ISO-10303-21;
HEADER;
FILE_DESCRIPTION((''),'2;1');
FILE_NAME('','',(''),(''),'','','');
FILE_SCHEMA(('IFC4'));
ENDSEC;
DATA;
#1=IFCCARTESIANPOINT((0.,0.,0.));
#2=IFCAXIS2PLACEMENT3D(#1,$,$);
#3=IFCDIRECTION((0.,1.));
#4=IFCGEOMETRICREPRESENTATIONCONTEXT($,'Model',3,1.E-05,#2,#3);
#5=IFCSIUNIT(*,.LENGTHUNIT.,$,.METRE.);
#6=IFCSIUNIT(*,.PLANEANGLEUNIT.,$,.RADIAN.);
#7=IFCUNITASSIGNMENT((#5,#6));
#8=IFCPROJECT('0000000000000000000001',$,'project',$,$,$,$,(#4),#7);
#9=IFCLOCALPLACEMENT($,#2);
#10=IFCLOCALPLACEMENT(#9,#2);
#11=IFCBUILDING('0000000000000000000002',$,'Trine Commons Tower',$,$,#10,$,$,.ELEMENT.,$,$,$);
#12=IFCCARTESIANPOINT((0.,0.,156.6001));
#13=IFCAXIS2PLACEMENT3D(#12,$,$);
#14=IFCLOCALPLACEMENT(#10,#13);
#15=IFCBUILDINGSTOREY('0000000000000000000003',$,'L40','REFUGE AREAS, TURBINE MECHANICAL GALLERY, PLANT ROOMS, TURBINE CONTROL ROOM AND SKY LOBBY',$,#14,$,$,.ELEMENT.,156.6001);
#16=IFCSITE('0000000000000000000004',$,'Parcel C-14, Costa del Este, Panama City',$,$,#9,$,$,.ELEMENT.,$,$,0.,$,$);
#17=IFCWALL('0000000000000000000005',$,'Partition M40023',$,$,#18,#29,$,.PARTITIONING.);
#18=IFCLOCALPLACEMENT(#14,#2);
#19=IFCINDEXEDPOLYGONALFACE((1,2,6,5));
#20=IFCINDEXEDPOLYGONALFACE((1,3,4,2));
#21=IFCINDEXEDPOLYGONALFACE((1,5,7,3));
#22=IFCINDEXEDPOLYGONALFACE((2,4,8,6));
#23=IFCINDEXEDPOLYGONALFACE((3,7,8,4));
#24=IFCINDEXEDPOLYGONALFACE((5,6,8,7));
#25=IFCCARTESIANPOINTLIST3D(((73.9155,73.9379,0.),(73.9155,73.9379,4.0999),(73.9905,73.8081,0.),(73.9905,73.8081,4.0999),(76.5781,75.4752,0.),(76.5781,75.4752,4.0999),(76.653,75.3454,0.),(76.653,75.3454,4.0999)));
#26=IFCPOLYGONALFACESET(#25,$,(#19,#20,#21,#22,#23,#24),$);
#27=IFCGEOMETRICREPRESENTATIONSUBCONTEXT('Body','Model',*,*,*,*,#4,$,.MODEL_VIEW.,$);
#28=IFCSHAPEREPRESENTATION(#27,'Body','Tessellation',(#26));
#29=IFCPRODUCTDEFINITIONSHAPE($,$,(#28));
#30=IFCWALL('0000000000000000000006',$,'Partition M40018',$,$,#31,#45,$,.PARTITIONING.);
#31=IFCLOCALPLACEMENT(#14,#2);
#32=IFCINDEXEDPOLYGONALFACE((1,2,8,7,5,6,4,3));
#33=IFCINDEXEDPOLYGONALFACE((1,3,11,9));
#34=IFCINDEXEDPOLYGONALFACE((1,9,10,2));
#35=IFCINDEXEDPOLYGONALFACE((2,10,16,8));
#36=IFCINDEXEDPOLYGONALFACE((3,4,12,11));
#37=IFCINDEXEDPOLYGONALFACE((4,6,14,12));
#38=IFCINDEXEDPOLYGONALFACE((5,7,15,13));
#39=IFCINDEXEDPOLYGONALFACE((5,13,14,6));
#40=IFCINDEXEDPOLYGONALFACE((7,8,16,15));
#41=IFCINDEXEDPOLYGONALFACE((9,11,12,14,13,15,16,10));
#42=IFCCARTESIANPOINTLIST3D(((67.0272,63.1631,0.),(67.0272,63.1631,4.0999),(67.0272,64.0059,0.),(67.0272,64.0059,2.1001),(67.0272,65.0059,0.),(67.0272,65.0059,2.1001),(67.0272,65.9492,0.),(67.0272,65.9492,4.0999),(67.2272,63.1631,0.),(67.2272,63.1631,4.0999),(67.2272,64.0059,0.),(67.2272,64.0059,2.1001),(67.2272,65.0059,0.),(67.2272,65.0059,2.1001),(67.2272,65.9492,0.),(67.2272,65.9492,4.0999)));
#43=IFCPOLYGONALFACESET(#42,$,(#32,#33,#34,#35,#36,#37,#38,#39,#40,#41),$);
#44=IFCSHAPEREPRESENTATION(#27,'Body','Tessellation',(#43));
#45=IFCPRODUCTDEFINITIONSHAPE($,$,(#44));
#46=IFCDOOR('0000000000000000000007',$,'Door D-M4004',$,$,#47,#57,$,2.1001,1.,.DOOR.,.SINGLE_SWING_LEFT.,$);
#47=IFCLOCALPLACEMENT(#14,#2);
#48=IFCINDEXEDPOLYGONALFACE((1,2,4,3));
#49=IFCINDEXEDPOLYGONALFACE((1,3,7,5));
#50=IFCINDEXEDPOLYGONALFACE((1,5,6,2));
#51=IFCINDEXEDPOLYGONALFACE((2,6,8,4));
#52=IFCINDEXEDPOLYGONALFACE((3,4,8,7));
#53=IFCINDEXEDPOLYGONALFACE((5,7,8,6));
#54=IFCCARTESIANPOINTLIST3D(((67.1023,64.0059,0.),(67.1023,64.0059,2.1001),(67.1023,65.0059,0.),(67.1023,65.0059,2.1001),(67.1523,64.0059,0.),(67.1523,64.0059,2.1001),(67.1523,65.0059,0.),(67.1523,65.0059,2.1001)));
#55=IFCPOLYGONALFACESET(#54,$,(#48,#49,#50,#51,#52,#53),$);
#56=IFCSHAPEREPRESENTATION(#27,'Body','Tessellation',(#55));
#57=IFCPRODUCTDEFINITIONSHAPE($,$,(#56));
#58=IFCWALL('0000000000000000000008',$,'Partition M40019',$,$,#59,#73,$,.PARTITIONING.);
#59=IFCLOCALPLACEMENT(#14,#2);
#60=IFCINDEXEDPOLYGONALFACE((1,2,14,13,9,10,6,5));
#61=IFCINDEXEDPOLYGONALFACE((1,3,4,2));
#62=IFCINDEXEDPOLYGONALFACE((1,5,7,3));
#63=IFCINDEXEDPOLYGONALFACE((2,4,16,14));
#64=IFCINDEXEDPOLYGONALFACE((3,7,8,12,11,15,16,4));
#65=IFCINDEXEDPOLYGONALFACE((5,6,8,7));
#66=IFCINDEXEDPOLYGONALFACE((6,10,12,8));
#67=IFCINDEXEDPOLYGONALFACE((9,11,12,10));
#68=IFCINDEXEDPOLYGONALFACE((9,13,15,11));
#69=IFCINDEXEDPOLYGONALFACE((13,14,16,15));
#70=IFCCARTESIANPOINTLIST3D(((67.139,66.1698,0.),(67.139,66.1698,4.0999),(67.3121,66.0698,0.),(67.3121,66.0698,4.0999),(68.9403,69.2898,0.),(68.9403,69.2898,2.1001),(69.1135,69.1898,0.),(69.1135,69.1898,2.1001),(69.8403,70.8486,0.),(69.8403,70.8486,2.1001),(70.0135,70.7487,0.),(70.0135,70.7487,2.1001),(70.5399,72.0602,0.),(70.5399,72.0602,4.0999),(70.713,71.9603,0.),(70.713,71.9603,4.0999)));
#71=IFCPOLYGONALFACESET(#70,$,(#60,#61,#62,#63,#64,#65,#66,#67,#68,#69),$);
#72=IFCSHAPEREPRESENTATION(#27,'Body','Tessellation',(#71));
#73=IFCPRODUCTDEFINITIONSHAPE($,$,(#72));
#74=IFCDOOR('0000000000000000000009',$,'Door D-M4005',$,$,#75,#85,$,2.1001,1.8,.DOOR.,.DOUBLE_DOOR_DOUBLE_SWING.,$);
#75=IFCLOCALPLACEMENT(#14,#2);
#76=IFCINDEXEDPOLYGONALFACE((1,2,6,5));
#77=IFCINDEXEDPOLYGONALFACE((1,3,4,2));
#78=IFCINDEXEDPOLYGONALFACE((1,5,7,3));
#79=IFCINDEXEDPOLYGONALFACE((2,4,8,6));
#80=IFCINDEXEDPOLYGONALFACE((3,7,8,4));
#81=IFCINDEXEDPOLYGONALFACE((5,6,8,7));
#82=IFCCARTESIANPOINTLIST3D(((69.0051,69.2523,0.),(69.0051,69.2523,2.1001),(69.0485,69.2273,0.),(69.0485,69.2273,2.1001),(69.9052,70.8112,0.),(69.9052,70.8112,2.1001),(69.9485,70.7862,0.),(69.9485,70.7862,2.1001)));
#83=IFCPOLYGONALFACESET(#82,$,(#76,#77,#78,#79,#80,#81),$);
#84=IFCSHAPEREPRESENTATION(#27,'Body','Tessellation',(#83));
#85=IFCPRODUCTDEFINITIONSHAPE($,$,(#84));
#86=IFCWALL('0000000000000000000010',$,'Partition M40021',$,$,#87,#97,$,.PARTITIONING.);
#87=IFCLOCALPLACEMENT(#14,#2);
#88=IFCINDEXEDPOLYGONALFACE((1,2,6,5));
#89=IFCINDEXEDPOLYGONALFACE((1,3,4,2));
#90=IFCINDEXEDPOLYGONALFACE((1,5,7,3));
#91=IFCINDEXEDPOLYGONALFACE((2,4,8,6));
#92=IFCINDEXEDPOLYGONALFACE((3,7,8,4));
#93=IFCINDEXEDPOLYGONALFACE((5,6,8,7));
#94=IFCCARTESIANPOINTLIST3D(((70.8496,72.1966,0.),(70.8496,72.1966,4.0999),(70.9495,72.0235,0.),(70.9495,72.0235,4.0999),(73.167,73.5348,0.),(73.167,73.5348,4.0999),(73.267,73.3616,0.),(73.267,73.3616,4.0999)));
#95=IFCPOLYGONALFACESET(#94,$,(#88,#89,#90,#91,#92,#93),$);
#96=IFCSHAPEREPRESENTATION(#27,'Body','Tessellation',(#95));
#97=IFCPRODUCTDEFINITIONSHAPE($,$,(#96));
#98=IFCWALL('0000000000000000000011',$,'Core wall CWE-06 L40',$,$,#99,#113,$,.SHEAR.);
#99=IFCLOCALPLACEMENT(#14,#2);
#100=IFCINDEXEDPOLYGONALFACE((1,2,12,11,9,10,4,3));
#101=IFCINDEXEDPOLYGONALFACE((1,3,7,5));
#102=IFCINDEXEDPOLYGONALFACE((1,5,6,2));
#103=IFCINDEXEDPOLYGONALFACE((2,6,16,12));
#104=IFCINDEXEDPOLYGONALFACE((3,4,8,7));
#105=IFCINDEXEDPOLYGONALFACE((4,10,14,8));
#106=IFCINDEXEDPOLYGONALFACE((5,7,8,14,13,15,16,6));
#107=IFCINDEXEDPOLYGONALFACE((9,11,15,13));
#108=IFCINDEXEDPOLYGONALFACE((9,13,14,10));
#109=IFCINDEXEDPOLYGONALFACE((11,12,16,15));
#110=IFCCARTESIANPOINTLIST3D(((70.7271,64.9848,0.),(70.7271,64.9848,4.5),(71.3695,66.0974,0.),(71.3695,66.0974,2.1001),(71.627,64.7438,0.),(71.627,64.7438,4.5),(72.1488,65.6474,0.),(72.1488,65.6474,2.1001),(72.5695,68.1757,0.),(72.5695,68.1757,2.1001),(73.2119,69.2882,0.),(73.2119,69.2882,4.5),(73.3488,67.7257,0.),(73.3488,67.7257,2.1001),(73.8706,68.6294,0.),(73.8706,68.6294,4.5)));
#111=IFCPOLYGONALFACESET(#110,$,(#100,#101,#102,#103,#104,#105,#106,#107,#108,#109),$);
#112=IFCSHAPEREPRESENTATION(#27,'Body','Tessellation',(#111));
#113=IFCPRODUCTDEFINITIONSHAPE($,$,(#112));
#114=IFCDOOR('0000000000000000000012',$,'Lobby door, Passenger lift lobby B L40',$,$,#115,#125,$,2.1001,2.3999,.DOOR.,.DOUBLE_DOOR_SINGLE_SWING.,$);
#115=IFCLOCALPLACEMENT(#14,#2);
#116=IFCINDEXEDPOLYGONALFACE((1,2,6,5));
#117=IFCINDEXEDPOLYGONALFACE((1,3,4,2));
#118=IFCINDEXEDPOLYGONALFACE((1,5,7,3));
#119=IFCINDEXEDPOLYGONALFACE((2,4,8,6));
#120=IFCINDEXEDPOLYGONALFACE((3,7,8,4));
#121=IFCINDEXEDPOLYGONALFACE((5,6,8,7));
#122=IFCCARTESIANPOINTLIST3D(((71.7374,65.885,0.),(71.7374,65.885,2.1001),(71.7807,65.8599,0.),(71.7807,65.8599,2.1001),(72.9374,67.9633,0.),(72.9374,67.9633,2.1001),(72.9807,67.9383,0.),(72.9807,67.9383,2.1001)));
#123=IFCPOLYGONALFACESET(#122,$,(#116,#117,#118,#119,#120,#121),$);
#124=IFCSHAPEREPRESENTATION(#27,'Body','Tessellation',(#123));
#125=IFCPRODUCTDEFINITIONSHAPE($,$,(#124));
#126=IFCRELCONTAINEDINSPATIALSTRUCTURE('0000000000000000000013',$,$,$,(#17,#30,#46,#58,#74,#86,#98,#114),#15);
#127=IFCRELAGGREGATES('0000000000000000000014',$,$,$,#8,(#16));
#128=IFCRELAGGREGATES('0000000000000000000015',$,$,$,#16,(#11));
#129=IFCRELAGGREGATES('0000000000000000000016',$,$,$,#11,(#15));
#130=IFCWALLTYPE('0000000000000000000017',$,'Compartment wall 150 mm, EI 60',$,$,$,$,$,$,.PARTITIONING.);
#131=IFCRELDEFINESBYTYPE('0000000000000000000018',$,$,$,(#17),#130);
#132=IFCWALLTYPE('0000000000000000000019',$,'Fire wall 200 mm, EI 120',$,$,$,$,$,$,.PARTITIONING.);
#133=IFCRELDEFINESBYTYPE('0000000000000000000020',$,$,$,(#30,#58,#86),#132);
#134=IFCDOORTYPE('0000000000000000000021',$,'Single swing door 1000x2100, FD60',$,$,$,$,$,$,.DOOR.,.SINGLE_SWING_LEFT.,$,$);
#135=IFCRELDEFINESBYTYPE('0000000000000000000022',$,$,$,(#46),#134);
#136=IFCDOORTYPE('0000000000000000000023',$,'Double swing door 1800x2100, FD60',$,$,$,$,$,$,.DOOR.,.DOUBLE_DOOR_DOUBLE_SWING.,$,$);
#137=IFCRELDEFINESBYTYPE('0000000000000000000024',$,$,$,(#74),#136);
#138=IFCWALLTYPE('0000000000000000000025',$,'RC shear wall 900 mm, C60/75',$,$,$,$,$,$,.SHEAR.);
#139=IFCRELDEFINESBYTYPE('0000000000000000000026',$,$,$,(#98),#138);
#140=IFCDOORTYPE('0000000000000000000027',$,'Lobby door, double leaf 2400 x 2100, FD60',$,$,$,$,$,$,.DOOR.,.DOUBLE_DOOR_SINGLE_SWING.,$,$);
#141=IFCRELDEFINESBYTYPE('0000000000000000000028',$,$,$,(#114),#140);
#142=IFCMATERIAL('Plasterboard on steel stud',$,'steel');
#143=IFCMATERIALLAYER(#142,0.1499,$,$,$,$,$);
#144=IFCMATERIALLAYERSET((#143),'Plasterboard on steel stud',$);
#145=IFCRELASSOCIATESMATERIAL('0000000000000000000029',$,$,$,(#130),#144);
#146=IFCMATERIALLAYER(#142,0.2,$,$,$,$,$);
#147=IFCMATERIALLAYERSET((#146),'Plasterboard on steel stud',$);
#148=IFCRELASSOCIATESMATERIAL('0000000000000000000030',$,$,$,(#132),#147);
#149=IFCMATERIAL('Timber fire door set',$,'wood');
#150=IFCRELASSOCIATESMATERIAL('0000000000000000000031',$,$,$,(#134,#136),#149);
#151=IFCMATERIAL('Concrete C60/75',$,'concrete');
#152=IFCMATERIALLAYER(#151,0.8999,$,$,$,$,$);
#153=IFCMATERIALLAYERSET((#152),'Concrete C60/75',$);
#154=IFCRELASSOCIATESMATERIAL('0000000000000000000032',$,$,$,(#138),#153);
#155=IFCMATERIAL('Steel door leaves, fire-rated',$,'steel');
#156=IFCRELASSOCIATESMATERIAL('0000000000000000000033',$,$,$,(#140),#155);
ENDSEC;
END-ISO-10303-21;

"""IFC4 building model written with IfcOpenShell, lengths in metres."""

from ifc_helpers import new_model, si_unit, direction, frame, frame_2d, origin, place, context, subcontext, project, spatial, polyline, rectangle, outline, extrude, material, layer, layer_set, type_object, element, fill, save


model = new_model("IFC4")

# Units and contexts
model_context = context("Model", 3, precision=1e-05, world=origin(), true_north=direction((0.0, 1.0)))
body_context = subcontext(model_context, "Body", "Model", "MODEL_VIEW")
ifc_project = project(units=[si_unit("LENGTHUNIT", "METRE"), si_unit("PLANEANGLEUNIT", "RADIAN")], contexts=[model_context])

# Site, building, storey
site_placement = place(None, origin())
site = spatial("IfcSite", under=ifc_project, at=site_placement, Name="Parcel C-14, Costa del Este, Panama City", CompositionType="ELEMENT", RefElevation=0.0)
building_placement = place(site_placement, origin())
building = spatial("IfcBuilding", under=site, at=building_placement, Name="Trine Commons Tower", CompositionType="ELEMENT")
storey_placement = place(building_placement, frame((0.0, 0.0, 156.6001)))
storey = spatial("IfcBuildingStorey", under=building, at=storey_placement, Name="L40", Description="REFUGE AREAS, TURBINE MECHANICAL GALLERY, PLANT ROOMS, TURBINE CONTROL ROOM AND SKY LOBBY", CompositionType="ELEMENT", Elevation=156.6001)

# Wall
ifc_material_1 = material(Name="Plasterboard on steel stud", Category="steel")
ifc_layer_1 = layer(ifc_material_1, 0.1499)
ifc_layer_set_1 = layer_set([ifc_layer_1], Name="Plasterboard on steel stud")
wall_type_1 = type_object("IfcWallType", Name="Compartment wall 150 mm, EI 60", PredefinedType="PARTITIONING", material=ifc_layer_set_1)
wall_1_placement = place(storey_placement, frame((73.9531, 73.873, 0.0), z_axis=(0.0, 0.0, 1.0), x_axis=(0.866011, 0.500025, 0.0)))
element("IfcWall", 1, at=wall_1_placement, inside=storey, type_object=wall_type_1, Name="Partition M40023", PredefinedType="PARTITIONING", context=body_context, shape_type="SweptSolid", body=[
    extrude(rectangle(XDim=3.0745, YDim=0.1499, at=frame_2d((1.5371, 0.0))), origin(), (0.0, 0.0, 1.0), 4.0999),
])

# Walls, openings, doors
ifc_layer_2 = layer(ifc_material_1, 0.2)
ifc_layer_set_2 = layer_set([ifc_layer_2], Name="Plasterboard on steel stud")
wall_type_2 = type_object("IfcWallType", Name="Fire wall 200 mm, EI 120", PredefinedType="PARTITIONING", material=ifc_layer_set_2)
wall_2_placement = place(storey_placement, frame((67.1272, 63.1631, 0.0), z_axis=(0.0, 0.0, 1.0), x_axis=(0.0, 1.0, 0.0)))
wall_2 = element("IfcWall", 2, at=wall_2_placement, inside=storey, type_object=wall_type_2, Name="Partition M40018", PredefinedType="PARTITIONING", context=body_context, shape_type="SweptSolid", body=[
    extrude(rectangle(XDim=2.7861, YDim=0.2, at=frame_2d((1.3931, 0.0))), origin(), (0.0, 0.0, 1.0), 4.0999),
])
opening_1_placement = place(wall_2_placement, frame((0.8428, 0.0, 0.0)))
opening_1 = element("IfcOpeningElement", 3, at=opening_1_placement, cuts=wall_2, PredefinedType="OPENING", context=body_context, shape_type="SweptSolid", body=[
    extrude(rectangle(XDim=1.0, YDim=2.1001, at=frame_2d((0.5, 1.05))), frame((0.0, 0.1099, 0.0), z_axis=(0.0, -1.0, 0.0), x_axis=(1.0, 0.0, 0.0)), (0.0, 0.0, 1.0), 0.22),
])
ifc_material_2 = material(Name="Timber fire door set", Category="wood")
door_type_1 = type_object("IfcDoorType", Name="Single swing door 1000x2100, FD60", OperationType="SINGLE_SWING_LEFT", PredefinedType="DOOR", material=ifc_material_2)
door_1_placement = place(opening_1_placement, origin())
door_1 = element("IfcDoor", 4, at=door_1_placement, inside=storey, type_object=door_type_1, Name="Door D-M4004", OperationType="SINGLE_SWING_LEFT", OverallHeight=2.1001, OverallWidth=1.0, PredefinedType="DOOR", context=body_context, shape_type="SweptSolid", body=[
    extrude(rectangle(XDim=1.0, YDim=2.1001, at=frame_2d((0.5, 1.05))), frame((0.0, 0.0249, 0.0), z_axis=(0.0, -1.0, 0.0), x_axis=(1.0, 0.0, 0.0)), (0.0, 0.0, 1.0), 0.05),
])
fill(opening_1, door_1)
wall_3_placement = place(storey_placement, frame((70.6265, 72.0103, 0.0), z_axis=(0.0, 0.0, 1.0), x_axis=(-0.500007, -0.866021, 0.0)))
wall_3 = element("IfcWall", 5, at=wall_3_placement, inside=storey, type_object=wall_type_2, Name="Partition M40019", PredefinedType="PARTITIONING", context=body_context, shape_type="SweptSolid", body=[
    extrude(rectangle(XDim=6.8018, YDim=0.2, at=frame_2d((3.4009, 0.0))), origin(), (0.0, 0.0, 1.0), 4.0999),
])
opening_2_placement = place(wall_3_placement, frame((1.3992, 0.0, 0.0)))
opening_2 = element("IfcOpeningElement", 6, at=opening_2_placement, cuts=wall_3, PredefinedType="OPENING", context=body_context, shape_type="SweptSolid", body=[
    extrude(rectangle(XDim=1.8, YDim=2.1001, at=frame_2d((0.8999, 1.05))), frame((0.0, 0.1099, 0.0), z_axis=(0.0, -1.0, 0.0), x_axis=(1.0, 0.0, 0.0)), (0.0, 0.0, 1.0), 0.22),
])
door_type_2 = type_object("IfcDoorType", Name="Double swing door 1800x2100, FD60", OperationType="DOUBLE_DOOR_DOUBLE_SWING", PredefinedType="DOOR", material=ifc_material_2)
door_2_placement = place(opening_2_placement, origin())
door_2 = element("IfcDoor", 7, at=door_2_placement, inside=storey, type_object=door_type_2, Name="Door D-M4005", OperationType="DOUBLE_DOOR_DOUBLE_SWING", OverallHeight=2.1001, OverallWidth=1.8, PredefinedType="DOOR", context=body_context, shape_type="SweptSolid", body=[
    extrude(rectangle(XDim=1.8, YDim=2.1001, at=frame_2d((0.8999, 1.05))), frame((0.0, 0.0249, 0.0), z_axis=(0.0, -1.0, 0.0), x_axis=(1.0, 0.0, 0.0)), (0.0, 0.0, 1.0), 0.05),
])
fill(opening_2, door_2)

# Wall
wall_4_placement = place(storey_placement, frame((70.8997, 72.1101, 0.0), z_axis=(0.0, 0.0, 1.0), x_axis=(0.865994, 0.500054, 0.0)))
element("IfcWall", 8, at=wall_4_placement, inside=storey, type_object=wall_type_2, Name="Partition M40021", PredefinedType="PARTITIONING", context=body_context, shape_type="SweptSolid", body=[
    extrude(rectangle(XDim=2.676, YDim=0.2, at=frame_2d((1.3379, 0.0))), origin(), (0.0, 0.0, 1.0), 4.0999),
])

# Wall, opening, door
ifc_material_3 = material(Name="Concrete C60/75", Category="concrete")
ifc_layer_3 = layer(ifc_material_3, 0.8999)
ifc_layer_set_3 = layer_set([ifc_layer_3], Name="Concrete C60/75")
wall_type_3 = type_object("IfcWallType", Name="RC shear wall 900 mm, C60/75", PredefinedType="SHEAR", material=ifc_layer_set_3)
wall_5_placement = place(storey_placement, frame((73.6016, 69.0632, 0.0), z_axis=(0.0, 0.0, 1.0), x_axis=(-0.500039, -0.866003, 0.0)))
wall_5 = element("IfcWall", 9, at=wall_5_placement, inside=storey, type_object=wall_type_3, Name="Core wall CWE-06 L40", PredefinedType="SHEAR", context=body_context, shape_type="SweptSolid", body=[
    extrude(outline(polyline([(0.0, -0.45), (4.9692, -0.45), (4.728, 0.45), (0.2412, 0.45), (0.0, -0.45)])), origin(), (0.0, 0.0, 1.0), 4.5),
])
opening_3_placement = place(wall_5_placement, frame((1.2847, 0.0, 0.0)))
opening_3 = element("IfcOpeningElement", 10, at=opening_3_placement, cuts=wall_5, PredefinedType="OPENING", context=body_context, shape_type="SweptSolid", body=[
    extrude(rectangle(XDim=2.3999, YDim=2.1001, at=frame_2d((1.2, 1.05))), frame((0.0, 0.46, 0.0), z_axis=(0.0, -1.0, 0.0), x_axis=(1.0, 0.0, 0.0)), (0.0, 0.0, 1.0), 0.9199),
])
ifc_material_4 = material(Name="Steel door leaves, fire-rated", Category="steel")
door_type_3 = type_object("IfcDoorType", Name="Lobby door, double leaf 2400 x 2100, FD60", OperationType="DOUBLE_DOOR_SINGLE_SWING", PredefinedType="DOOR", material=ifc_material_4)
door_3_placement = place(opening_3_placement, origin())
door_3 = element("IfcDoor", 11, at=door_3_placement, inside=storey, type_object=door_type_3, Name="Lobby door, Passenger lift lobby B L40", OperationType="DOUBLE_DOOR_SINGLE_SWING", OverallHeight=2.1001, OverallWidth=2.3999, PredefinedType="DOOR", context=body_context, shape_type="SweptSolid", body=[
    extrude(rectangle(XDim=2.3999, YDim=2.1001, at=frame_2d((1.2, 1.05))), frame((0.0, 0.0249, 0.0), z_axis=(0.0, -1.0, 0.0), x_axis=(1.0, 0.0, 0.0)), (0.0, 0.0, 1.0), 0.05),
])
fill(opening_3, door_3)

save(model, "model.ifc")
